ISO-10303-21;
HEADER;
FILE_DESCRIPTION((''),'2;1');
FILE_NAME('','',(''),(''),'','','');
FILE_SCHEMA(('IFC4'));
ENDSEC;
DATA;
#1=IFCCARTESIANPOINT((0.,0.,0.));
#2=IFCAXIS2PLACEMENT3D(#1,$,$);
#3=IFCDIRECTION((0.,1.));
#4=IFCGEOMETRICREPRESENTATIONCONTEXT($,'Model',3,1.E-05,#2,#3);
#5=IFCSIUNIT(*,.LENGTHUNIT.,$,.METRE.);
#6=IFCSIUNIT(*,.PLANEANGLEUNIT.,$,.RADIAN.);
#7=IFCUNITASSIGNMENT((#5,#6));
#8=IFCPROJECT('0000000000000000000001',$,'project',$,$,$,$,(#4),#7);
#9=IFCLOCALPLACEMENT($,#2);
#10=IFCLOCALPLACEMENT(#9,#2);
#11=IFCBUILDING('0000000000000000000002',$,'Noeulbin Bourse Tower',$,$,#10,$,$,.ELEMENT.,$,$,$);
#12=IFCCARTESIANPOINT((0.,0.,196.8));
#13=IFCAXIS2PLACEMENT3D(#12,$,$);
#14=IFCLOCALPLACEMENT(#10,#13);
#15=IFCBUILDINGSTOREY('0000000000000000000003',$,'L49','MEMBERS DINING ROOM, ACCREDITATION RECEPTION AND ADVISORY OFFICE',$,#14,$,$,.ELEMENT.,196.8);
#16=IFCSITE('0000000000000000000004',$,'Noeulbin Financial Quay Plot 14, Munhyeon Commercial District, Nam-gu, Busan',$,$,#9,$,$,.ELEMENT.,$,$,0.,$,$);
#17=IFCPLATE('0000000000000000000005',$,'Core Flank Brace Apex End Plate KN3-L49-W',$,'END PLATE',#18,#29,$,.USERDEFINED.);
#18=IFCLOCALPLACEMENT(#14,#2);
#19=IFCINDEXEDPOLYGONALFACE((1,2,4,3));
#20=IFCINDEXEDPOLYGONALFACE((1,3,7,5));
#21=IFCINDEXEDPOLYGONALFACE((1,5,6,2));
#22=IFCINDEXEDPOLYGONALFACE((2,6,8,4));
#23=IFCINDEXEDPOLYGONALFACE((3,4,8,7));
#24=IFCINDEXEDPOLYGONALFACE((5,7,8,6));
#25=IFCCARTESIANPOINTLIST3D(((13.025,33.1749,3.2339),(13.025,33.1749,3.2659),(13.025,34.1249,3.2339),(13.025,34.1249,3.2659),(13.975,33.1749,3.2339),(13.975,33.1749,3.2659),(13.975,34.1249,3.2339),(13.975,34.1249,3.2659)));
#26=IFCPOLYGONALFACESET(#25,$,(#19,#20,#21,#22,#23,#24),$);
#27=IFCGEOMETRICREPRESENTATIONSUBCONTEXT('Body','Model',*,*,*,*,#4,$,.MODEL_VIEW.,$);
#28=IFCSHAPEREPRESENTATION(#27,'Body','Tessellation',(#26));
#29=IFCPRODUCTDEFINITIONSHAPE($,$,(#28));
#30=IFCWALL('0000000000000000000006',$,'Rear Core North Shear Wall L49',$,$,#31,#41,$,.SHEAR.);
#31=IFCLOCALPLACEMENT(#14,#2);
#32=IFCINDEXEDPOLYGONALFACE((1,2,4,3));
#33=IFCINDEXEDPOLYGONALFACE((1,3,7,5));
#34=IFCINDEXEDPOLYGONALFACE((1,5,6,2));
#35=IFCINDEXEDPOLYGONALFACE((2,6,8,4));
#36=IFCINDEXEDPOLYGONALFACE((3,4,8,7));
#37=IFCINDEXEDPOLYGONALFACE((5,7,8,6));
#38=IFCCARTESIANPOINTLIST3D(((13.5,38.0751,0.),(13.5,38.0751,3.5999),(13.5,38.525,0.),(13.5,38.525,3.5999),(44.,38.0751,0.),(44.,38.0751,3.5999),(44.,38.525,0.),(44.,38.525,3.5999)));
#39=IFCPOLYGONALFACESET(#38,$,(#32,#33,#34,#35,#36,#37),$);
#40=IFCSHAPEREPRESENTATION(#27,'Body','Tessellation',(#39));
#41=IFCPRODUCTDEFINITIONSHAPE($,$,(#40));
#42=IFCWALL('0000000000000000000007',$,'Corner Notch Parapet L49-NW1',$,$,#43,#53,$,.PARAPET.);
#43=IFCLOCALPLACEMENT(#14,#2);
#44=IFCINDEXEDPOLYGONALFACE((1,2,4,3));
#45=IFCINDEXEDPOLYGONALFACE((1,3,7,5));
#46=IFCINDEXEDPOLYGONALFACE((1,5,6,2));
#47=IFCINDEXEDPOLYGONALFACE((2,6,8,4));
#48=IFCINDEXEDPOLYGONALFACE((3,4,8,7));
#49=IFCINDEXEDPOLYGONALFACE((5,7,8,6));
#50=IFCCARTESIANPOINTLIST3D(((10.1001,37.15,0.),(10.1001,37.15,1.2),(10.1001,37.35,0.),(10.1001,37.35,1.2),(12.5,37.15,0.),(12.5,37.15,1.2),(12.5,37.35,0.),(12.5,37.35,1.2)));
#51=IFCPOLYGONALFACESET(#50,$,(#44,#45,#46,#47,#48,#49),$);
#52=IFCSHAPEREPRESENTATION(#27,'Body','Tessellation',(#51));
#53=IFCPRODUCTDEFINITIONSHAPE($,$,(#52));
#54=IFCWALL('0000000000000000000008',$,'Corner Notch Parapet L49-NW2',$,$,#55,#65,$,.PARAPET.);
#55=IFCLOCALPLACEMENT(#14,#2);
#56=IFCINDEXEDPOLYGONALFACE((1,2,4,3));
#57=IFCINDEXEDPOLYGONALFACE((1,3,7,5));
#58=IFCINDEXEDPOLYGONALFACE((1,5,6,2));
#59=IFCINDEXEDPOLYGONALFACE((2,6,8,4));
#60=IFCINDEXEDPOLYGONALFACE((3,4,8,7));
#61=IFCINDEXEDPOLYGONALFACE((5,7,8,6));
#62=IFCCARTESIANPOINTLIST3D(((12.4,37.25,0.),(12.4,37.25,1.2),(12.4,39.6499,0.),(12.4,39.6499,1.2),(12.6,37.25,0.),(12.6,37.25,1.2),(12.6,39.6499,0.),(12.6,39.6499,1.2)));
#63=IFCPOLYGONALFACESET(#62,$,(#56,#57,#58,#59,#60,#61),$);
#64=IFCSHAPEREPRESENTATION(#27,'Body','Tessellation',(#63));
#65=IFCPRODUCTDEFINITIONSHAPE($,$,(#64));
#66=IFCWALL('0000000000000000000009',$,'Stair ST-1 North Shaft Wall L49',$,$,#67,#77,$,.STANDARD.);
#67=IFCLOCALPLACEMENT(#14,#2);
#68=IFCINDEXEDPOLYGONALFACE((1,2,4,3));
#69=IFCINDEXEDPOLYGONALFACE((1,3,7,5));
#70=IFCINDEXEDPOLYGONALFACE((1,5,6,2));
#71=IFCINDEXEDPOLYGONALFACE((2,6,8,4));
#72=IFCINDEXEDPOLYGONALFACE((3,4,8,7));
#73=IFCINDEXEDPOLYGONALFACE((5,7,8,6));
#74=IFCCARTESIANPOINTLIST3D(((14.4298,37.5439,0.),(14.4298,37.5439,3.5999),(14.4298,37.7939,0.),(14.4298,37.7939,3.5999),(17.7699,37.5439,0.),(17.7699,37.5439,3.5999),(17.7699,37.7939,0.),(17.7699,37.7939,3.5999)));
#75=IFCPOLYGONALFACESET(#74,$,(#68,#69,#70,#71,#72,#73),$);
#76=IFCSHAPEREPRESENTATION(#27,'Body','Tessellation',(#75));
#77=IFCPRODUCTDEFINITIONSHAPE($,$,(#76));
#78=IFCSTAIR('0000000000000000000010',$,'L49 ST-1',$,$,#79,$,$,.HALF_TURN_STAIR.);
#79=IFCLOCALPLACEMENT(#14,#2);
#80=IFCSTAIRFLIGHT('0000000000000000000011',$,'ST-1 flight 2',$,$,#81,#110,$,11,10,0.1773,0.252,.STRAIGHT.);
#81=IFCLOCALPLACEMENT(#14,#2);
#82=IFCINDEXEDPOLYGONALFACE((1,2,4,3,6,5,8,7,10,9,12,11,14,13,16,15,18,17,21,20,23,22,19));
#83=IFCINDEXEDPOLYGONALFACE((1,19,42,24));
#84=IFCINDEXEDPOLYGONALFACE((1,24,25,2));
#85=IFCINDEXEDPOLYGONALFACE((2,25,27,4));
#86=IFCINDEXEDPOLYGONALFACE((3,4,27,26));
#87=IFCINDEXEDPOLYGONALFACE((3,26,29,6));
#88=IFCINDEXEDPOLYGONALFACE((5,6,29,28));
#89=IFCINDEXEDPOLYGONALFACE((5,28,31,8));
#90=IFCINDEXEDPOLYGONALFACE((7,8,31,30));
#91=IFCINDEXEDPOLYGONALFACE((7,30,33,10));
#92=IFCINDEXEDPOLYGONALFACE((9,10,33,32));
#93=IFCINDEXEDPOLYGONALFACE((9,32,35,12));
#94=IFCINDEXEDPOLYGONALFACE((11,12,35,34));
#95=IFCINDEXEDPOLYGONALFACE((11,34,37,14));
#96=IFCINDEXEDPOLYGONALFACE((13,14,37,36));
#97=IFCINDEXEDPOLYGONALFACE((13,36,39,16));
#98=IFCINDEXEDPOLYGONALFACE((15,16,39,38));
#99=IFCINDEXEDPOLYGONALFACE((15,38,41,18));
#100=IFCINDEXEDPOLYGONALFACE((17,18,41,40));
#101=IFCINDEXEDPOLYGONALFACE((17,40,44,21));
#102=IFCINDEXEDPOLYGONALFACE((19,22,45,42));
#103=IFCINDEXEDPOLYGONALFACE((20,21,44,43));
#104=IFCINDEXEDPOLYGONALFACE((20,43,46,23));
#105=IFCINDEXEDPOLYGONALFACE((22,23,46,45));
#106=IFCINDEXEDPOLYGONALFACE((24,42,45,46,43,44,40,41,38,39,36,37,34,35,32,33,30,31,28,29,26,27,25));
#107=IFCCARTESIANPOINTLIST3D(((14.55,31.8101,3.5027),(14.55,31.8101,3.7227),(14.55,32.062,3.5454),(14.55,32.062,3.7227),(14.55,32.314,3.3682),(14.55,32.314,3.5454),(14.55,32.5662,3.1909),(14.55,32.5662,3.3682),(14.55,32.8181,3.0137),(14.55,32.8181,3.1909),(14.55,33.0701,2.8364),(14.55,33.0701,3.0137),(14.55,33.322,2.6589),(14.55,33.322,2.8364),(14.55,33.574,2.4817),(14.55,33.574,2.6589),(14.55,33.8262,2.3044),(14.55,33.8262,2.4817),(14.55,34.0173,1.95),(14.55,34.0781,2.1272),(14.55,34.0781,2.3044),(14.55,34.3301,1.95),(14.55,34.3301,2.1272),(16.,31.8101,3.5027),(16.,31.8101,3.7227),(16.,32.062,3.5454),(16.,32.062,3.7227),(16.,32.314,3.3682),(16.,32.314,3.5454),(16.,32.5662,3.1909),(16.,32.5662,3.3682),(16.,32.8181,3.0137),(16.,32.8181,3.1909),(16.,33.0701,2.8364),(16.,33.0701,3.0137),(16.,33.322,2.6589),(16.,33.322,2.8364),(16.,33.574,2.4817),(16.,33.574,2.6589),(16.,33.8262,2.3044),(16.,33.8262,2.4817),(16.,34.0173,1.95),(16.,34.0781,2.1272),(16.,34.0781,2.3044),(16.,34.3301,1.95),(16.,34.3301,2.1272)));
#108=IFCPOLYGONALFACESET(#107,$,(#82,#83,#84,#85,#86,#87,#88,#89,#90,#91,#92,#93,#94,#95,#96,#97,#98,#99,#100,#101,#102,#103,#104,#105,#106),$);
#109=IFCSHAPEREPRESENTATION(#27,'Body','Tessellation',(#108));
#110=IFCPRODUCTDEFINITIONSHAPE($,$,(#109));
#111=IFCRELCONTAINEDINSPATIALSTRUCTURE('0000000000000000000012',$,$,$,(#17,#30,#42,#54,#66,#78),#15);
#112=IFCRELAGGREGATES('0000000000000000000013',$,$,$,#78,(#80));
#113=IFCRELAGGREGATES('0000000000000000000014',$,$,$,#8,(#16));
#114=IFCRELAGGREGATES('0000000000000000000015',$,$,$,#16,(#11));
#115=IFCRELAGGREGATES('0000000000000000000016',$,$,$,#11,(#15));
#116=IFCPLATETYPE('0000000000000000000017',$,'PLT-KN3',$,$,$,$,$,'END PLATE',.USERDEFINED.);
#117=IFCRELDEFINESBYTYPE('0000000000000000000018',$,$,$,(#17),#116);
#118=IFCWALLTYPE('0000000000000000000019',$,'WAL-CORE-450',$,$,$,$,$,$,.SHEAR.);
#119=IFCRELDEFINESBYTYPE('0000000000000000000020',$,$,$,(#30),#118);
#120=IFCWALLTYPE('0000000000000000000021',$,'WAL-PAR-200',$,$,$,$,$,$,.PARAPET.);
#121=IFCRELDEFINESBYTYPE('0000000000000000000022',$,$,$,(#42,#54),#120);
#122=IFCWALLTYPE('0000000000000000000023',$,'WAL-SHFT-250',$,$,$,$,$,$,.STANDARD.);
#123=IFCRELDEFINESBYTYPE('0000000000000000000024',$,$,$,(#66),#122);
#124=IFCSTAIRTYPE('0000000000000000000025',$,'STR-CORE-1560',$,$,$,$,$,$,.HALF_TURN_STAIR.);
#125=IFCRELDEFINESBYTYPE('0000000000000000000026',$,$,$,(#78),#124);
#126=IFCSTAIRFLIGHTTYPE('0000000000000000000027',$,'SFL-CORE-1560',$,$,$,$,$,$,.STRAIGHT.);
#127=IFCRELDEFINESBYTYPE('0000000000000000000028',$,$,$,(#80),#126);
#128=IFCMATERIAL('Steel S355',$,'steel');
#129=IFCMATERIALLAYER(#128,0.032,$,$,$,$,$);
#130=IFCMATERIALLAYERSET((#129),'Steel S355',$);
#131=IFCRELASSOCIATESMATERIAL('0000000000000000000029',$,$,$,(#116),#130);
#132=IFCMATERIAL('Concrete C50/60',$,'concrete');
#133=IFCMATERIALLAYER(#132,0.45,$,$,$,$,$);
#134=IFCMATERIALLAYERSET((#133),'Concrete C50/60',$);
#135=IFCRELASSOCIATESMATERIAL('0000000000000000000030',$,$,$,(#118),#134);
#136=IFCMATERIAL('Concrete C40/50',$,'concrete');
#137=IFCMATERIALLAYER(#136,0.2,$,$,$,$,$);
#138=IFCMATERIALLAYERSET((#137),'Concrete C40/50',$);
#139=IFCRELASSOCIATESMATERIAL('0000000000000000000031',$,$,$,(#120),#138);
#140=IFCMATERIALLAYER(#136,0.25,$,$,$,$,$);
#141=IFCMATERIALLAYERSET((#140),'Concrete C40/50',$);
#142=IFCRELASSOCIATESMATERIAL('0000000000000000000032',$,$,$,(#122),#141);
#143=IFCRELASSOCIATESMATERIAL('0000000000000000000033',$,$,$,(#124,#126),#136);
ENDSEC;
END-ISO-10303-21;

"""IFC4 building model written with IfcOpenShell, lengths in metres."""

from ifc_helpers import new_model, si_unit, direction, frame, frame_2d, origin, origin_2d, place, context, subcontext, project, spatial, polyline, rectangle, outline, extrude, material, layer, layer_set, type_object, element, aggregate, save


model = new_model("IFC4")

# Units and contexts
model_context = context("Model", 3, precision=1e-05, world=origin(), true_north=direction((0.0, 1.0)))
body_context = subcontext(model_context, "Body", "Model", "MODEL_VIEW")
ifc_project = project(units=[si_unit("LENGTHUNIT", "METRE"), si_unit("PLANEANGLEUNIT", "RADIAN")], contexts=[model_context])

# Site, building, storey
site_placement = place(None, origin())
site = spatial("IfcSite", under=ifc_project, at=site_placement, Name="Noeulbin Financial Quay Plot 14, Munhyeon Commercial District, Nam-gu, Busan", CompositionType="ELEMENT", RefElevation=0.0)
building_placement = place(site_placement, origin())
building = spatial("IfcBuilding", under=site, at=building_placement, Name="Noeulbin Bourse Tower", CompositionType="ELEMENT")
storey_placement = place(building_placement, frame((0.0, 0.0, 196.8)))
storey = spatial("IfcBuildingStorey", under=building, at=storey_placement, Name="L49", Description="MEMBERS DINING ROOM, ACCREDITATION RECEPTION AND ADVISORY OFFICE", CompositionType="ELEMENT", Elevation=196.8)

# Shared definitions
ifc_material_1 = material(Name="Steel S355", Category="steel")

# Plate
ifc_layer_1 = layer(ifc_material_1, 0.032)
ifc_layer_set_1 = layer_set([ifc_layer_1], Name="Steel S355")
plate_type_1 = type_object("IfcPlateType", Name="PLT-KN3", ElementType="END PLATE", PredefinedType="USERDEFINED", material=ifc_layer_set_1)
plate_1_placement = place(storey_placement, frame((13.5, 33.6499, 3.2339), z_axis=(0.0, 0.0, 1.0), x_axis=(1.0, 0.0, 0.0)))
element("IfcPlate", 1, at=plate_1_placement, inside=storey, type_object=plate_type_1, Name="Core Flank Brace Apex End Plate KN3-L49-W", ObjectType="END PLATE", PredefinedType="USERDEFINED", context=body_context, shape_type="SweptSolid", body=[
    extrude(rectangle(XDim=0.95, YDim=0.95, at=origin_2d()), origin(), (0.0, 0.0, 1.0), 0.032),
])

# Walls
ifc_material_2 = material(Name="Concrete C50/60", Category="concrete")
ifc_layer_2 = layer(ifc_material_2, 0.45)
ifc_layer_set_2 = layer_set([ifc_layer_2], Name="Concrete C50/60")
wall_type_1 = type_object("IfcWallType", Name="WAL-CORE-450", PredefinedType="SHEAR", material=ifc_layer_set_2)
wall_1_placement = place(storey_placement, frame((13.5, 38.3, 0.0), z_axis=(0.0, 0.0, 1.0), x_axis=(1.0, 0.0, 0.0)))
element("IfcWall", 2, at=wall_1_placement, inside=storey, type_object=wall_type_1, Name="Rear Core North Shear Wall L49", PredefinedType="SHEAR", context=body_context, shape_type="SweptSolid", body=[
    extrude(rectangle(XDim=30.5, YDim=0.45, at=frame_2d((15.25, 0.0))), origin(), (0.0, 0.0, 1.0), 3.5999),
])
ifc_material_3 = material(Name="Concrete C40/50", Category="concrete")
ifc_layer_3 = layer(ifc_material_3, 0.2)
ifc_layer_set_3 = layer_set([ifc_layer_3], Name="Concrete C40/50")
wall_type_2 = type_object("IfcWallType", Name="WAL-PAR-200", PredefinedType="PARAPET", material=ifc_layer_set_3)
for number, where, z_axis, x_axis, name in (
    (3, (10.1001, 37.25, 0.0), (0.0, 0.0, 1.0), (1.0, 0.0, 0.0), "Corner Notch Parapet L49-NW1"),
    (4, (12.5, 37.25, 0.0), (0.0, 0.0, 1.0), (0.0, 1.0, 0.0), "Corner Notch Parapet L49-NW2"),
):
    element("IfcWall", number, at=place(storey_placement, frame(where, z_axis=z_axis, x_axis=x_axis)), inside=storey, type_object=wall_type_2, Name=name, PredefinedType="PARAPET", context=body_context, shape_type="SweptSolid", body=[
        extrude(rectangle(XDim=2.3999, YDim=0.2, at=frame_2d((1.2, 0.0))), origin(), (0.0, 0.0, 1.0), 1.2),
    ])
ifc_layer_4 = layer(ifc_material_3, 0.25)
ifc_layer_set_4 = layer_set([ifc_layer_4], Name="Concrete C40/50")
wall_type_3 = type_object("IfcWallType", Name="WAL-SHFT-250", PredefinedType="STANDARD", material=ifc_layer_set_4)
wall_2_placement = place(storey_placement, frame((14.4299, 37.6689, 0.0), z_axis=(0.0, 0.0, 1.0), x_axis=(1.0, 0.0, 0.0)))
element("IfcWall", 5, at=wall_2_placement, inside=storey, type_object=wall_type_3, Name="Stair ST-1 North Shaft Wall L49", PredefinedType="STANDARD", context=body_context, shape_type="SweptSolid", body=[
    extrude(rectangle(XDim=3.3401, YDim=0.25, at=frame_2d((1.6699, 0.0))), origin(), (0.0, 0.0, 1.0), 3.5999),
])

# Stair, stair flight
stair_type = type_object("IfcStairType", Name="STR-CORE-1560", PredefinedType="HALF_TURN_STAIR", material=ifc_material_3)
stair_placement = place(storey_placement, origin())
stair = element("IfcStair", 6, at=stair_placement, inside=storey, type_object=stair_type, Name="L49 ST-1", PredefinedType="HALF_TURN_STAIR")
stair_flight_type = type_object("IfcStairFlightType", Name="SFL-CORE-1560", PredefinedType="STRAIGHT", material=ifc_material_3)
stair_flight_placement = place(storey_placement, frame((15.2749, 34.3301, 1.95), z_axis=(0.0, 0.0, 1.0), x_axis=(0.0, -1.0, 0.0)))
stair_flight = element("IfcStairFlight", 7, at=stair_flight_placement, type_object=stair_flight_type, Name="ST-1 flight 2", NumberOfRisers=11, NumberOfTreads=10, PredefinedType="STRAIGHT", RiserHeight=0.1773, TreadLength=0.252, context=body_context, shape_type="SweptSolid", body=[
    extrude(outline(polyline([(0.0, 0.0), (0.0, 0.1772), (0.252, 0.1772), (0.252, 0.3545), (0.5039, 0.3545), (0.5039, 0.5317), (0.7561, 0.5317), (0.7561, 0.709), (1.0081, 0.709), (1.0081, 0.8865), (1.26, 0.8865), (1.26, 1.0637), (1.512, 1.0637), (1.512, 1.241), (1.7639, 1.241), (1.7639, 1.4182), (2.0161, 1.4182), (2.0161, 1.5955), (2.2681, 1.5955), (2.2681, 1.7727), (2.52, 1.7727), (2.52, 1.95), (2.52, 1.5527), (0.3127, 0.0), (0.0, 0.0)])), frame((0.0, 0.7251, 0.0), z_axis=(0.0, -1.0, 0.0), x_axis=(1.0, 0.0, 0.0)), (0.0, 0.0, 1.0), 1.45),
])
aggregate(stair, [stair_flight])

save(model, "model.ifc")
